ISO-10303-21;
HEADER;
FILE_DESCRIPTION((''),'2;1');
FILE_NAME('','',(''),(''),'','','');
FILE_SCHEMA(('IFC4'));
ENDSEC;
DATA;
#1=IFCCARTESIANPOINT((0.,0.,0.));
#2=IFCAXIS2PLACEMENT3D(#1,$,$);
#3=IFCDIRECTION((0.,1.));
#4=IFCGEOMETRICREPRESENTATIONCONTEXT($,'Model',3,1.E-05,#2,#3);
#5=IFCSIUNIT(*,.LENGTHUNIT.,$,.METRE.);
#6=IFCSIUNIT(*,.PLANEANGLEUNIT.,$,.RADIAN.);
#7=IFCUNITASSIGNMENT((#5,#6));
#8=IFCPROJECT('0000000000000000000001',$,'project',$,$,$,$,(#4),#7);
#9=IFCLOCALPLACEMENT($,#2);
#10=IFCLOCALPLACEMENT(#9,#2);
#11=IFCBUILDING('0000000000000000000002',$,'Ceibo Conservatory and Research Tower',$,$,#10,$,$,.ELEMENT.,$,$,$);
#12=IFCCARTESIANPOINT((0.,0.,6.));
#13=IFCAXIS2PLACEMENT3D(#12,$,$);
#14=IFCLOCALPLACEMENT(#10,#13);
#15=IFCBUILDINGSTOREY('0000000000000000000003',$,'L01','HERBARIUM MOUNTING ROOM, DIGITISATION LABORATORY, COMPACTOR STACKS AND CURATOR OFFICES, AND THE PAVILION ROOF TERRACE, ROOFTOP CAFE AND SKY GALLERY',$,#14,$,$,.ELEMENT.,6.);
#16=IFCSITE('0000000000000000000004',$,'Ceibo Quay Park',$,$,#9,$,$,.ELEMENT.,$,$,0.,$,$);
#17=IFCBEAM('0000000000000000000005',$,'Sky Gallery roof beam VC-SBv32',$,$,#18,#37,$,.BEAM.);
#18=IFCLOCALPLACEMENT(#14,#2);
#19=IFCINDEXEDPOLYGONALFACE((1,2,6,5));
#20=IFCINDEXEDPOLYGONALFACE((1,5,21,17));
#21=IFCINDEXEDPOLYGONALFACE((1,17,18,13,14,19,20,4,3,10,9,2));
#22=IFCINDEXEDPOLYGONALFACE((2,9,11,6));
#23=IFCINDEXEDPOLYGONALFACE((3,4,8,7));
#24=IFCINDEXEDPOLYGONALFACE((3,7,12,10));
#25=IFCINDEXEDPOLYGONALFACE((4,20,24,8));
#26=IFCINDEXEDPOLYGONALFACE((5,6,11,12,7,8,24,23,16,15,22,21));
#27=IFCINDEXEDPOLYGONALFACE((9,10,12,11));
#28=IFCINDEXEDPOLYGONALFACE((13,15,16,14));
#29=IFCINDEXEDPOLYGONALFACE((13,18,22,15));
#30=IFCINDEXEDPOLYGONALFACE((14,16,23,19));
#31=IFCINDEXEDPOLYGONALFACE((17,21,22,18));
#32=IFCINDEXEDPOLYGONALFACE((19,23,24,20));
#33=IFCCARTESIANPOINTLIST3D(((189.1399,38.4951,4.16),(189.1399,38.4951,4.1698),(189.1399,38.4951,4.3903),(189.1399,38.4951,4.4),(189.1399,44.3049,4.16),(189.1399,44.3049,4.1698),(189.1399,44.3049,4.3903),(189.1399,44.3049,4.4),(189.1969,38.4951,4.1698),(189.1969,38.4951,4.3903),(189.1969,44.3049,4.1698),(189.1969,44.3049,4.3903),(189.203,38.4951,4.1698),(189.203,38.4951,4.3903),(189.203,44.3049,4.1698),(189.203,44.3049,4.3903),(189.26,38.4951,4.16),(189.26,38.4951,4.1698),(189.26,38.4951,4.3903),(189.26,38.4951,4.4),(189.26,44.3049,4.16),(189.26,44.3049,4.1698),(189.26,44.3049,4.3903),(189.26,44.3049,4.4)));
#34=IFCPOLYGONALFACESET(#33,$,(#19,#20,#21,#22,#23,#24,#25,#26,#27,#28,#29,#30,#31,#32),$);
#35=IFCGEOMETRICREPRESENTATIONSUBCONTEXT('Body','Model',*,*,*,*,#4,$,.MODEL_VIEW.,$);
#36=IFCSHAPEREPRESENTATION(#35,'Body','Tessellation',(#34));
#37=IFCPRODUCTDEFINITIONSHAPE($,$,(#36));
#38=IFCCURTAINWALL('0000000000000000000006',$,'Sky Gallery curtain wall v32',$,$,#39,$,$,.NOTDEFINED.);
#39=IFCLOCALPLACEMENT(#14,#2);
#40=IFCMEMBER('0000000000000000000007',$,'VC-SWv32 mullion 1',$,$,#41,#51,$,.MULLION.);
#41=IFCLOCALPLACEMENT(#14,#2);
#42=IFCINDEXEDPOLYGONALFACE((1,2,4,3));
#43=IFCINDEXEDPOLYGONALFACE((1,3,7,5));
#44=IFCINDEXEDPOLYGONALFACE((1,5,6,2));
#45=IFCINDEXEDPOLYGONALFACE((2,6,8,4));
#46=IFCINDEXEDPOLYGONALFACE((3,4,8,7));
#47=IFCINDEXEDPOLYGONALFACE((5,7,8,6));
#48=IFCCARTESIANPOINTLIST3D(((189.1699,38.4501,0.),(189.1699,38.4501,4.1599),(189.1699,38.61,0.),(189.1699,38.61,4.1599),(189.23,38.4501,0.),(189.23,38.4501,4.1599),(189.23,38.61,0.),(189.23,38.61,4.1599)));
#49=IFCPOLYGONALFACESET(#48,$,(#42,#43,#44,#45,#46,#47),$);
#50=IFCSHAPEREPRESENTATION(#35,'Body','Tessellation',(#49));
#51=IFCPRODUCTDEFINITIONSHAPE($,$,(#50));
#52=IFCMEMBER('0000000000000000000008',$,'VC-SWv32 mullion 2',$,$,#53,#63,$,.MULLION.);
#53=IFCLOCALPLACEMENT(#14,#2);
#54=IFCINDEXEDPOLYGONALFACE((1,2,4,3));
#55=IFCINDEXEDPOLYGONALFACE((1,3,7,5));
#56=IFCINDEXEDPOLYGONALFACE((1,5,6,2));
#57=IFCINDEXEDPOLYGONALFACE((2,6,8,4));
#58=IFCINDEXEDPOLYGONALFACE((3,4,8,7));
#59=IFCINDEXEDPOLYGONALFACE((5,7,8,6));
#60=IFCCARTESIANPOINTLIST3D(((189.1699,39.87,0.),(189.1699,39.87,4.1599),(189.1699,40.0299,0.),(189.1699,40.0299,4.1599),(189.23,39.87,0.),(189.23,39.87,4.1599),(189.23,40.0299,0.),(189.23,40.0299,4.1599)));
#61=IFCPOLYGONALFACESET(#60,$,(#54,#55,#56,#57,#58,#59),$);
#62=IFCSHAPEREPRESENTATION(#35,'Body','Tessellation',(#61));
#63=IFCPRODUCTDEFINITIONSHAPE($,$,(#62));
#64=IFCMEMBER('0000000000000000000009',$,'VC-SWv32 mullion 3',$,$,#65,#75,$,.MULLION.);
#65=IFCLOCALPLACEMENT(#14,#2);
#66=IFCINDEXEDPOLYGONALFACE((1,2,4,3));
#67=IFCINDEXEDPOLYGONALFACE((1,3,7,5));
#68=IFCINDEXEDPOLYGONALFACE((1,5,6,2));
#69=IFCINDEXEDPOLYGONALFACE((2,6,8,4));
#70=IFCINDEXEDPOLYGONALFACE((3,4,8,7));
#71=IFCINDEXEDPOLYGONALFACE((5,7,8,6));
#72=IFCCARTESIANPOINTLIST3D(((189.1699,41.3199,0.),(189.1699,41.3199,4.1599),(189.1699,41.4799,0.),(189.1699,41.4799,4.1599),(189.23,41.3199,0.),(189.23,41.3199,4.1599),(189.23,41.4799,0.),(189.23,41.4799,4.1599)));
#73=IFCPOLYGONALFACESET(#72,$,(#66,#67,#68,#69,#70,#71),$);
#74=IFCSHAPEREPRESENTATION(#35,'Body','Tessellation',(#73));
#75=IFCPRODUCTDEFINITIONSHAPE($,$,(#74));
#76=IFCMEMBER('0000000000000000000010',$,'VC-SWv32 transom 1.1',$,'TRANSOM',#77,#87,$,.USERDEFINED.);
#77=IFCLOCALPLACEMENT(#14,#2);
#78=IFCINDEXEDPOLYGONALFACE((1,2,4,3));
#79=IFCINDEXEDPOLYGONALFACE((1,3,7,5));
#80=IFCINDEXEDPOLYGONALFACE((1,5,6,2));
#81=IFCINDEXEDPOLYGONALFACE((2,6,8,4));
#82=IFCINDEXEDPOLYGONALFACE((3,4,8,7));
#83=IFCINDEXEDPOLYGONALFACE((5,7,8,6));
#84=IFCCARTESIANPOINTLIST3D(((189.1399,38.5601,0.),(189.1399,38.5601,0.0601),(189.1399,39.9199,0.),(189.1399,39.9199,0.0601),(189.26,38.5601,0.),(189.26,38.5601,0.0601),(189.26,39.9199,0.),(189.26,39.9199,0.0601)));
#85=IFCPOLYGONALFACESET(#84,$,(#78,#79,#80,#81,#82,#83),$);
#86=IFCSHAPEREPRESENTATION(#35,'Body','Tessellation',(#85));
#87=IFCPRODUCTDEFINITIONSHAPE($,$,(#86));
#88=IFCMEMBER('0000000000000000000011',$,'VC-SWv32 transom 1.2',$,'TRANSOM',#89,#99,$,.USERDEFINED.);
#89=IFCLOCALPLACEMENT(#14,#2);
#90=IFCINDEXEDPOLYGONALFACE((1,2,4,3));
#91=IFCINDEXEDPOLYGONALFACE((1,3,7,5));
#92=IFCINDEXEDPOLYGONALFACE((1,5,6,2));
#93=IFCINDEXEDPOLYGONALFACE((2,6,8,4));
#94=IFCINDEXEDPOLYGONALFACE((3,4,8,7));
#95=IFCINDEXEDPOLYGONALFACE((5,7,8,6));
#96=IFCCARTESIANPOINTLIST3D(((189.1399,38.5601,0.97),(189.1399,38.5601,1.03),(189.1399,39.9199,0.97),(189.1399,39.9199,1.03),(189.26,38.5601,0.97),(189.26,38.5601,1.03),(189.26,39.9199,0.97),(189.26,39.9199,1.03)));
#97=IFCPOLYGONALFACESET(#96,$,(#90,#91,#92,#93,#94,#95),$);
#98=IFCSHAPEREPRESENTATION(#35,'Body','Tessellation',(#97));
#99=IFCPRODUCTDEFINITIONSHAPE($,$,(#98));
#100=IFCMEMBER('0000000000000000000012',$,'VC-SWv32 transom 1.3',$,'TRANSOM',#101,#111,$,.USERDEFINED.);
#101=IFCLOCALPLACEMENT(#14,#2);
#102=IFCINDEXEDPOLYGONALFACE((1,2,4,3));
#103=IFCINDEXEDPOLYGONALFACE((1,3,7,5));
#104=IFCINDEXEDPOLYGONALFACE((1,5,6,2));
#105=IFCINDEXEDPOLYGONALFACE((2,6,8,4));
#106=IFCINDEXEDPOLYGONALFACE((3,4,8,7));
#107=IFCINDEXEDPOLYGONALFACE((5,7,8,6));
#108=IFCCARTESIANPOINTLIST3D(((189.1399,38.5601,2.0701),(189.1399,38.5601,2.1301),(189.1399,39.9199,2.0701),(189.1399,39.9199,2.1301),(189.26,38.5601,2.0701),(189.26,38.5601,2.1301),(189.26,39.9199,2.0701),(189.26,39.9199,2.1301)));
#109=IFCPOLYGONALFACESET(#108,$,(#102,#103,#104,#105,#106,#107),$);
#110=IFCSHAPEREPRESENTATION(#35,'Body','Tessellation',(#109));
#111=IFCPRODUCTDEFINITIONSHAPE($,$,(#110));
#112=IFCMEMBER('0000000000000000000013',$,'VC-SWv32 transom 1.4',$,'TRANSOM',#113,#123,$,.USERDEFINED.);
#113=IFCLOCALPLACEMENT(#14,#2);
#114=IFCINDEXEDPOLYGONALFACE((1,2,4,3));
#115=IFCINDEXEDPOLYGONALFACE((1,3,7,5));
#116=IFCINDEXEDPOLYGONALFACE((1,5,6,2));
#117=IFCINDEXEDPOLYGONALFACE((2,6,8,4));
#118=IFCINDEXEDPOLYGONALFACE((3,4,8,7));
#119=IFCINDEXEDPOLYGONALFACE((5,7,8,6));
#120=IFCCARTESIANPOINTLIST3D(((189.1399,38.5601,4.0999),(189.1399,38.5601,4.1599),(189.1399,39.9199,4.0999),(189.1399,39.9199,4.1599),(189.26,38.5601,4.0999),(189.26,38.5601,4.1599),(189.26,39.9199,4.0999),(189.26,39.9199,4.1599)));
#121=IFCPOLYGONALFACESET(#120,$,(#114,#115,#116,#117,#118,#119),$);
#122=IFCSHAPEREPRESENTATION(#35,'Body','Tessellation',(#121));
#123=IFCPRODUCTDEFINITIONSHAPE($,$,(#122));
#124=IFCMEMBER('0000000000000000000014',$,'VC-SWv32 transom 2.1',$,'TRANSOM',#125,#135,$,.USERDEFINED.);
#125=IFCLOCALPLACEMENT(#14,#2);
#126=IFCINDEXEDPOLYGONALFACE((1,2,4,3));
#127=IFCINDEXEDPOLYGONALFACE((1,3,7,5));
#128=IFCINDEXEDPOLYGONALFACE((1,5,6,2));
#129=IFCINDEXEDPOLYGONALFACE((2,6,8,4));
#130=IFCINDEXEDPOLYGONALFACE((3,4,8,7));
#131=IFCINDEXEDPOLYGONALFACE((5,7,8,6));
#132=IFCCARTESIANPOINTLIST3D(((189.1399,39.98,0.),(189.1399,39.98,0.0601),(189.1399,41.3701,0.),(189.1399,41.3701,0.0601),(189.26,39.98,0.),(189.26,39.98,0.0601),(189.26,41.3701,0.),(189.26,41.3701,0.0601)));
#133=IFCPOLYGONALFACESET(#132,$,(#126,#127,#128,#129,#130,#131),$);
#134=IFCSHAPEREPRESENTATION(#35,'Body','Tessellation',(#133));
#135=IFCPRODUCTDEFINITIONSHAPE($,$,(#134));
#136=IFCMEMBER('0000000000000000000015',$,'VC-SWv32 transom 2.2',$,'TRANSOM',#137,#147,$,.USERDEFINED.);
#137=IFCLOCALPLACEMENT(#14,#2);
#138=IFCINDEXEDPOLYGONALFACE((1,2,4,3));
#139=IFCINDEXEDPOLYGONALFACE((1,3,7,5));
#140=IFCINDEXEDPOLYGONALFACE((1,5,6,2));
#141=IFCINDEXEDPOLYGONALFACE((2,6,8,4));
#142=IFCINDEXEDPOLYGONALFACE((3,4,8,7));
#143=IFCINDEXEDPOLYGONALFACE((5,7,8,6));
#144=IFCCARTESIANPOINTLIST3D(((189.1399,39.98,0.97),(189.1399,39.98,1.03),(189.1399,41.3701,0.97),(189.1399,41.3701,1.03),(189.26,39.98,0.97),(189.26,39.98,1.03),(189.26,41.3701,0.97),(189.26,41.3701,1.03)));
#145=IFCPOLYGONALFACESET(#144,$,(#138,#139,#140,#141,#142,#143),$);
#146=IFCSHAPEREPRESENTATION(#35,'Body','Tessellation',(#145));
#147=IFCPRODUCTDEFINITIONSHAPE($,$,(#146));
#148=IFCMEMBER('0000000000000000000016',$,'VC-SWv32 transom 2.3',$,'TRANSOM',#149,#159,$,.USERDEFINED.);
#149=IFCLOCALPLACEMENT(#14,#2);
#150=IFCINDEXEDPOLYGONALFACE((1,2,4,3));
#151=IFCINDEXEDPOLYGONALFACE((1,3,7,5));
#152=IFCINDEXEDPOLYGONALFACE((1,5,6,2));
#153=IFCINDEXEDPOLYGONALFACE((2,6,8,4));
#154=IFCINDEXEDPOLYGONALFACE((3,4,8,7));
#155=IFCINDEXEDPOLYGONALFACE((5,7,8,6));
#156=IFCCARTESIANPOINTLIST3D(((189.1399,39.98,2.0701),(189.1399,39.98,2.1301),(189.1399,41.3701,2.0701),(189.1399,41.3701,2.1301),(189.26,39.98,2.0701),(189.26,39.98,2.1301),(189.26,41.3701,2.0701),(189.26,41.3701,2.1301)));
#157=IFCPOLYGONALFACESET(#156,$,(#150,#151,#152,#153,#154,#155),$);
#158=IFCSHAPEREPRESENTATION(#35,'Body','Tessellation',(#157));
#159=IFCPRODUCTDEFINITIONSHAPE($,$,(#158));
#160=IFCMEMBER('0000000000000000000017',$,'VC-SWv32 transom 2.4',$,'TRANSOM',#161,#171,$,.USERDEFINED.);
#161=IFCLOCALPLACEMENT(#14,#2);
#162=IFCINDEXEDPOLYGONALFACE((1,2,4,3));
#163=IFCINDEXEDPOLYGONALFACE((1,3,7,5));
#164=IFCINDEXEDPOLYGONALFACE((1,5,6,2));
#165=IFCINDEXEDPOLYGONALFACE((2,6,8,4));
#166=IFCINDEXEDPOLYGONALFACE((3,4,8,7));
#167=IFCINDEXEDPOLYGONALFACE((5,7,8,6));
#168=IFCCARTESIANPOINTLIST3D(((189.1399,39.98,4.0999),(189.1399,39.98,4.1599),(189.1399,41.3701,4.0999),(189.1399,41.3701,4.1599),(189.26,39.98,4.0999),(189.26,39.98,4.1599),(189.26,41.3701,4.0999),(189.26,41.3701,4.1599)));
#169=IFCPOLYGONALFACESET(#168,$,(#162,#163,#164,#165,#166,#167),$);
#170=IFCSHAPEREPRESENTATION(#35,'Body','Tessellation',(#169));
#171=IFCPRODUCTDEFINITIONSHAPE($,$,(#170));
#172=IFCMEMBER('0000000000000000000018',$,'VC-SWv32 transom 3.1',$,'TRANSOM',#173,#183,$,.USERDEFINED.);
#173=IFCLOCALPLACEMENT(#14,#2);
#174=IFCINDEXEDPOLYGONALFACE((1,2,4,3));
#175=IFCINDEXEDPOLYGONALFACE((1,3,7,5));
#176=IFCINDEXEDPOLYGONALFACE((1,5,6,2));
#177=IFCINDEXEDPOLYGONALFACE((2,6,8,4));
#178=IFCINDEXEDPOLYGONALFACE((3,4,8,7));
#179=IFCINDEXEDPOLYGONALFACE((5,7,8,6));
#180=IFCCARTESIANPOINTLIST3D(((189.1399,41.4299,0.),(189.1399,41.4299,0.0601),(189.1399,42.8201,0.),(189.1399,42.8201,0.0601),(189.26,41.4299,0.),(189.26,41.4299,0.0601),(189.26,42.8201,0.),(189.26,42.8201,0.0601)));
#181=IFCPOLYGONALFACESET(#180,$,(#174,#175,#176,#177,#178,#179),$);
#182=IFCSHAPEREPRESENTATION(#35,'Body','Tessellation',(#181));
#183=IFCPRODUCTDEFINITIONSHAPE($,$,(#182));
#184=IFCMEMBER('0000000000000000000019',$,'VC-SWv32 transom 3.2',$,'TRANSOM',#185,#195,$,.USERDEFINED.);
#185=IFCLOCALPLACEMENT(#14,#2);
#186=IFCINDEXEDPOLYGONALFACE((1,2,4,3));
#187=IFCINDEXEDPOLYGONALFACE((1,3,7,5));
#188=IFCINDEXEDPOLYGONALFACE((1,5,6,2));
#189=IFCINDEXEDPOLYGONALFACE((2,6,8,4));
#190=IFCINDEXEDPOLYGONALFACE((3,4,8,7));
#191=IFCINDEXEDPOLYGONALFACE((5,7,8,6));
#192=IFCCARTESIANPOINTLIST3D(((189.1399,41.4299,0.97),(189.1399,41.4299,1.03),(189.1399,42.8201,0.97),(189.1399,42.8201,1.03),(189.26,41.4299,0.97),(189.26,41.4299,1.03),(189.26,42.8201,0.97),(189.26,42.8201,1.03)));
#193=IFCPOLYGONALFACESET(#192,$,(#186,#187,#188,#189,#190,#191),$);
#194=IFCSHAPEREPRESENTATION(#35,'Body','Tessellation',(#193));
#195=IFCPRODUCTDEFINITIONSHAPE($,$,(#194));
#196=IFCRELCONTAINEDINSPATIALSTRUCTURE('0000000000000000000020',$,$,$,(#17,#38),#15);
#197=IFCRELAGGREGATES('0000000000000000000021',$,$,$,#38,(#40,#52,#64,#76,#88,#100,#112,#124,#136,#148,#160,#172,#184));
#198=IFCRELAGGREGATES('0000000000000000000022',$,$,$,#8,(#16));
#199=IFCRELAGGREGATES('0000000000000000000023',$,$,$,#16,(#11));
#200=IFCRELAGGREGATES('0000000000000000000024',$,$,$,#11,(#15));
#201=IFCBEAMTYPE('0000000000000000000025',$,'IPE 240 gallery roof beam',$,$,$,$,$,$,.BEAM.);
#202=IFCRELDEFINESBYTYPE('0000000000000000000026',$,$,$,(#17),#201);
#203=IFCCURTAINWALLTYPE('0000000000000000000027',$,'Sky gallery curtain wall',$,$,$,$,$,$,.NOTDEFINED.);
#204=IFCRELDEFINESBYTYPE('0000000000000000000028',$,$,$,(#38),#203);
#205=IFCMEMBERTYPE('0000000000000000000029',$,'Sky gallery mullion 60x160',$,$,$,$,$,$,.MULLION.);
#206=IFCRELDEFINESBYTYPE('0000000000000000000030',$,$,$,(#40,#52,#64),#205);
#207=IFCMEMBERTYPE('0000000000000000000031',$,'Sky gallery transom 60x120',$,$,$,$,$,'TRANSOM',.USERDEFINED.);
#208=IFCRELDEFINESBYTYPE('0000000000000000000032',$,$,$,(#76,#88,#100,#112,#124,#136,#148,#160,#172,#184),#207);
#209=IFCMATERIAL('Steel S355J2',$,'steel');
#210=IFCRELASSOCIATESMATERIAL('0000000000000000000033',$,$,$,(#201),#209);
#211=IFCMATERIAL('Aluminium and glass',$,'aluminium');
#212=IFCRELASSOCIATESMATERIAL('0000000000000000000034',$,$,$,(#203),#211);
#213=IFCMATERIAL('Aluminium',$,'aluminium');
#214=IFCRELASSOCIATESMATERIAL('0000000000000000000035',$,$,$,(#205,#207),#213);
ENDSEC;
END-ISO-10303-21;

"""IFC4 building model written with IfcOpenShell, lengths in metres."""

from ifc_helpers import new_model, si_unit, direction, frame, origin, origin_2d, place, context, subcontext, project, spatial, rectangle, i_section, extrude, material, material_profile, profile_set, type_object, element, aggregate, save


model = new_model("IFC4")

# Units and contexts
model_context = context("Model", 3, precision=1e-05, world=origin(), true_north=direction((0.0, 1.0)))
body_context = subcontext(model_context, "Body", "Model", "MODEL_VIEW")
ifc_project = project(units=[si_unit("LENGTHUNIT", "METRE"), si_unit("PLANEANGLEUNIT", "RADIAN")], contexts=[model_context])

# Site, building, storey
site_placement = place(None, origin())
site = spatial("IfcSite", under=ifc_project, at=site_placement, Name="Ceibo Quay Park", CompositionType="ELEMENT", RefElevation=0.0)
building_placement = place(site_placement, origin())
building = spatial("IfcBuilding", under=site, at=building_placement, Name="Ceibo Conservatory and Research Tower", CompositionType="ELEMENT")
storey_placement = place(building_placement, frame((0.0, 0.0, 6.0)))
storey = spatial("IfcBuildingStorey", under=building, at=storey_placement, Name="L01", Description="HERBARIUM MOUNTING ROOM, DIGITISATION LABORATORY, COMPACTOR STACKS AND CURATOR OFFICES, AND THE PAVILION ROOF TERRACE, ROOFTOP CAFE AND SKY GALLERY", CompositionType="ELEMENT", Elevation=6.0)

# Beam
ifc_material_1 = material(Name="Steel S355J2", Category="steel")
ifc_material_profile_1 = material_profile(ifc_material_1, i_section(OverallWidth=0.1201, OverallDepth=0.24, WebThickness=0.0061, FlangeThickness=0.0098, at=origin_2d()), Name="IPE 240")
ifc_profile_set_1 = profile_set([ifc_material_profile_1], Name="Steel S355J2")
beam_type = type_object("IfcBeamType", Name="IPE 240 gallery roof beam", PredefinedType="BEAM", material=ifc_profile_set_1)
beam_placement = place(storey_placement, frame((189.2, 38.4951, 4.28), z_axis=(0.0, 1.0, 0.0), x_axis=(-1.0, 0.0, 0.0)))
element("IfcBeam", 1, at=beam_placement, inside=storey, type_object=beam_type, Name="Sky Gallery roof beam VC-SBv32", PredefinedType="BEAM", context=body_context, shape_type="SweptSolid", body=[
    extrude(i_section(OverallWidth=0.1201, OverallDepth=0.24, WebThickness=0.0061, FlangeThickness=0.0098, at=origin_2d()), origin(), (0.0, 0.0, 1.0), 5.8098),
])

# Curtain wall, members
ifc_material_2 = material(Name="Aluminium and glass", Category="aluminium")
curtain_wall_type = type_object("IfcCurtainWallType", Name="Sky gallery curtain wall", PredefinedType="NOTDEFINED", material=ifc_material_2)
curtain_wall_placement = place(storey_placement, origin())
curtain_wall = element("IfcCurtainWall", 2, at=curtain_wall_placement, inside=storey, type_object=curtain_wall_type, Name="Sky Gallery curtain wall v32", PredefinedType="NOTDEFINED")
ifc_material_3 = material(Name="Aluminium", Category="aluminium")
ifc_material_profile_2 = material_profile(ifc_material_3, rectangle(XDim=0.0601, YDim=0.1599, at=origin_2d()), Name="AL 60x160")
ifc_profile_set_2 = profile_set([ifc_material_profile_2], Name="Aluminium")
member_type_1 = type_object("IfcMemberType", Name="Sky gallery mullion 60x160", PredefinedType="MULLION", material=ifc_profile_set_2)
member_1_placement = place(storey_placement, frame((189.2, 38.53, 0.0), z_axis=(0.0, 0.0, 1.0), x_axis=(-1.0, 0.0, 0.0)))
member_1 = element("IfcMember", 3, at=member_1_placement, type_object=member_type_1, Name="VC-SWv32 mullion 1", PredefinedType="MULLION", context=body_context, shape_type="SweptSolid", body=[
    extrude(rectangle(XDim=0.0601, YDim=0.1599, at=origin_2d()), origin(), (0.0, 0.0, 1.0), 4.1599),
])
member_2_placement = place(storey_placement, frame((189.2, 39.95, 0.0), z_axis=(0.0, 0.0, 1.0), x_axis=(-1.0, 0.0, 0.0)))
member_2 = element("IfcMember", 4, at=member_2_placement, type_object=member_type_1, Name="VC-SWv32 mullion 2", PredefinedType="MULLION", context=body_context, shape_type="SweptSolid", body=[
    extrude(rectangle(XDim=0.0601, YDim=0.1599, at=origin_2d()), origin(), (0.0, 0.0, 1.0), 4.1599),
])
member_3_placement = place(storey_placement, frame((189.2, 41.3999, 0.0), z_axis=(0.0, 0.0, 1.0), x_axis=(-1.0, 0.0, 0.0)))
member_3 = element("IfcMember", 5, at=member_3_placement, type_object=member_type_1, Name="VC-SWv32 mullion 3", PredefinedType="MULLION", context=body_context, shape_type="SweptSolid", body=[
    extrude(rectangle(XDim=0.0601, YDim=0.1599, at=origin_2d()), origin(), (0.0, 0.0, 1.0), 4.1599),
])
ifc_material_profile_3 = material_profile(ifc_material_3, rectangle(XDim=0.1201, YDim=0.0601, at=origin_2d()), Name="AL 60x120")
ifc_profile_set_3 = profile_set([ifc_material_profile_3], Name="Aluminium")
member_type_2 = type_object("IfcMemberType", Name="Sky gallery transom 60x120", ElementType="TRANSOM", PredefinedType="USERDEFINED", material=ifc_profile_set_3)
member_4_placement = place(storey_placement, frame((189.2, 38.5601, 0.03), z_axis=(0.0, 1.0, 0.0), x_axis=(-1.0, 0.0, 0.0)))
member_4 = element("IfcMember", 6, at=member_4_placement, type_object=member_type_2, Name="VC-SWv32 transom 1.1", ObjectType="TRANSOM", PredefinedType="USERDEFINED", context=body_context, shape_type="SweptSolid", body=[
    extrude(rectangle(XDim=0.1201, YDim=0.0601, at=origin_2d()), origin(), (0.0, 0.0, 1.0), 1.3599),
])
member_5_placement = place(storey_placement, frame((189.2, 38.5601, 1.0), z_axis=(0.0, 1.0, 0.0), x_axis=(-1.0, 0.0, 0.0)))
member_5 = element("IfcMember", 7, at=member_5_placement, type_object=member_type_2, Name="VC-SWv32 transom 1.2", ObjectType="TRANSOM", PredefinedType="USERDEFINED", context=body_context, shape_type="SweptSolid", body=[
    extrude(rectangle(XDim=0.1201, YDim=0.0601, at=origin_2d()), origin(), (0.0, 0.0, 1.0), 1.3599),
])
member_6_placement = place(storey_placement, frame((189.2, 38.5601, 2.1001), z_axis=(0.0, 1.0, 0.0), x_axis=(-1.0, 0.0, 0.0)))
member_6 = element("IfcMember", 8, at=member_6_placement, type_object=member_type_2, Name="VC-SWv32 transom 1.3", ObjectType="TRANSOM", PredefinedType="USERDEFINED", context=body_context, shape_type="SweptSolid", body=[
    extrude(rectangle(XDim=0.1201, YDim=0.0601, at=origin_2d()), origin(), (0.0, 0.0, 1.0), 1.3599),
])
member_7_placement = place(storey_placement, frame((189.2, 38.5601, 4.1299), z_axis=(0.0, 1.0, 0.0), x_axis=(-1.0, 0.0, 0.0)))
member_7 = element("IfcMember", 9, at=member_7_placement, type_object=member_type_2, Name="VC-SWv32 transom 1.4", ObjectType="TRANSOM", PredefinedType="USERDEFINED", context=body_context, shape_type="SweptSolid", body=[
    extrude(rectangle(XDim=0.1201, YDim=0.0601, at=origin_2d()), origin(), (0.0, 0.0, 1.0), 1.3599),
])
member_8_placement = place(storey_placement, frame((189.2, 39.98, 0.03), z_axis=(0.0, 1.0, 0.0), x_axis=(-1.0, 0.0, 0.0)))
member_8 = element("IfcMember", 10, at=member_8_placement, type_object=member_type_2, Name="VC-SWv32 transom 2.1", ObjectType="TRANSOM", PredefinedType="USERDEFINED", context=body_context, shape_type="SweptSolid", body=[
    extrude(rectangle(XDim=0.1201, YDim=0.0601, at=origin_2d()), origin(), (0.0, 0.0, 1.0), 1.3901),
])
member_9_placement = place(storey_placement, frame((189.2, 39.98, 1.0), z_axis=(0.0, 1.0, 0.0), x_axis=(-1.0, 0.0, 0.0)))
member_9 = element("IfcMember", 11, at=member_9_placement, type_object=member_type_2, Name="VC-SWv32 transom 2.2", ObjectType="TRANSOM", PredefinedType="USERDEFINED", context=body_context, shape_type="SweptSolid", body=[
    extrude(rectangle(XDim=0.1201, YDim=0.0601, at=origin_2d()), origin(), (0.0, 0.0, 1.0), 1.3901),
])
member_10_placement = place(storey_placement, frame((189.2, 39.98, 2.1001), z_axis=(0.0, 1.0, 0.0), x_axis=(-1.0, 0.0, 0.0)))
member_10 = element("IfcMember", 12, at=member_10_placement, type_object=member_type_2, Name="VC-SWv32 transom 2.3", ObjectType="TRANSOM", PredefinedType="USERDEFINED", context=body_context, shape_type="SweptSolid", body=[
    extrude(rectangle(XDim=0.1201, YDim=0.0601, at=origin_2d()), origin(), (0.0, 0.0, 1.0), 1.3901),
])
member_11_placement = place(storey_placement, frame((189.2, 39.98, 4.1299), z_axis=(0.0, 1.0, 0.0), x_axis=(-1.0, 0.0, 0.0)))
member_11 = element("IfcMember", 13, at=member_11_placement, type_object=member_type_2, Name="VC-SWv32 transom 2.4", ObjectType="TRANSOM", PredefinedType="USERDEFINED", context=body_context, shape_type="SweptSolid", body=[
    extrude(rectangle(XDim=0.1201, YDim=0.0601, at=origin_2d()), origin(), (0.0, 0.0, 1.0), 1.3901),
])
member_12_placement = place(storey_placement, frame((189.2, 41.4299, 0.03), z_axis=(0.0, 1.0, 0.0), x_axis=(-1.0, 0.0, 0.0)))
member_12 = element("IfcMember", 14, at=member_12_placement, type_object=member_type_2, Name="VC-SWv32 transom 3.1", ObjectType="TRANSOM", PredefinedType="USERDEFINED", context=body_context, shape_type="SweptSolid", body=[
    extrude(rectangle(XDim=0.1201, YDim=0.0601, at=origin_2d()), origin(), (0.0, 0.0, 1.0), 1.3901),
])
member_13_placement = place(storey_placement, frame((189.2, 41.4299, 1.0), z_axis=(0.0, 1.0, 0.0), x_axis=(-1.0, 0.0, 0.0)))
member_13 = element("IfcMember", 15, at=member_13_placement, type_object=member_type_2, Name="VC-SWv32 transom 3.2", ObjectType="TRANSOM", PredefinedType="USERDEFINED", context=body_context, shape_type="SweptSolid", body=[
    extrude(rectangle(XDim=0.1201, YDim=0.0601, at=origin_2d()), origin(), (0.0, 0.0, 1.0), 1.3901),
])
aggregate(curtain_wall, [member_1, member_2, member_3, member_4, member_5, member_6, member_7, member_8, member_9, member_10, member_11, member_12, member_13])

save(model, "model.ifc")
